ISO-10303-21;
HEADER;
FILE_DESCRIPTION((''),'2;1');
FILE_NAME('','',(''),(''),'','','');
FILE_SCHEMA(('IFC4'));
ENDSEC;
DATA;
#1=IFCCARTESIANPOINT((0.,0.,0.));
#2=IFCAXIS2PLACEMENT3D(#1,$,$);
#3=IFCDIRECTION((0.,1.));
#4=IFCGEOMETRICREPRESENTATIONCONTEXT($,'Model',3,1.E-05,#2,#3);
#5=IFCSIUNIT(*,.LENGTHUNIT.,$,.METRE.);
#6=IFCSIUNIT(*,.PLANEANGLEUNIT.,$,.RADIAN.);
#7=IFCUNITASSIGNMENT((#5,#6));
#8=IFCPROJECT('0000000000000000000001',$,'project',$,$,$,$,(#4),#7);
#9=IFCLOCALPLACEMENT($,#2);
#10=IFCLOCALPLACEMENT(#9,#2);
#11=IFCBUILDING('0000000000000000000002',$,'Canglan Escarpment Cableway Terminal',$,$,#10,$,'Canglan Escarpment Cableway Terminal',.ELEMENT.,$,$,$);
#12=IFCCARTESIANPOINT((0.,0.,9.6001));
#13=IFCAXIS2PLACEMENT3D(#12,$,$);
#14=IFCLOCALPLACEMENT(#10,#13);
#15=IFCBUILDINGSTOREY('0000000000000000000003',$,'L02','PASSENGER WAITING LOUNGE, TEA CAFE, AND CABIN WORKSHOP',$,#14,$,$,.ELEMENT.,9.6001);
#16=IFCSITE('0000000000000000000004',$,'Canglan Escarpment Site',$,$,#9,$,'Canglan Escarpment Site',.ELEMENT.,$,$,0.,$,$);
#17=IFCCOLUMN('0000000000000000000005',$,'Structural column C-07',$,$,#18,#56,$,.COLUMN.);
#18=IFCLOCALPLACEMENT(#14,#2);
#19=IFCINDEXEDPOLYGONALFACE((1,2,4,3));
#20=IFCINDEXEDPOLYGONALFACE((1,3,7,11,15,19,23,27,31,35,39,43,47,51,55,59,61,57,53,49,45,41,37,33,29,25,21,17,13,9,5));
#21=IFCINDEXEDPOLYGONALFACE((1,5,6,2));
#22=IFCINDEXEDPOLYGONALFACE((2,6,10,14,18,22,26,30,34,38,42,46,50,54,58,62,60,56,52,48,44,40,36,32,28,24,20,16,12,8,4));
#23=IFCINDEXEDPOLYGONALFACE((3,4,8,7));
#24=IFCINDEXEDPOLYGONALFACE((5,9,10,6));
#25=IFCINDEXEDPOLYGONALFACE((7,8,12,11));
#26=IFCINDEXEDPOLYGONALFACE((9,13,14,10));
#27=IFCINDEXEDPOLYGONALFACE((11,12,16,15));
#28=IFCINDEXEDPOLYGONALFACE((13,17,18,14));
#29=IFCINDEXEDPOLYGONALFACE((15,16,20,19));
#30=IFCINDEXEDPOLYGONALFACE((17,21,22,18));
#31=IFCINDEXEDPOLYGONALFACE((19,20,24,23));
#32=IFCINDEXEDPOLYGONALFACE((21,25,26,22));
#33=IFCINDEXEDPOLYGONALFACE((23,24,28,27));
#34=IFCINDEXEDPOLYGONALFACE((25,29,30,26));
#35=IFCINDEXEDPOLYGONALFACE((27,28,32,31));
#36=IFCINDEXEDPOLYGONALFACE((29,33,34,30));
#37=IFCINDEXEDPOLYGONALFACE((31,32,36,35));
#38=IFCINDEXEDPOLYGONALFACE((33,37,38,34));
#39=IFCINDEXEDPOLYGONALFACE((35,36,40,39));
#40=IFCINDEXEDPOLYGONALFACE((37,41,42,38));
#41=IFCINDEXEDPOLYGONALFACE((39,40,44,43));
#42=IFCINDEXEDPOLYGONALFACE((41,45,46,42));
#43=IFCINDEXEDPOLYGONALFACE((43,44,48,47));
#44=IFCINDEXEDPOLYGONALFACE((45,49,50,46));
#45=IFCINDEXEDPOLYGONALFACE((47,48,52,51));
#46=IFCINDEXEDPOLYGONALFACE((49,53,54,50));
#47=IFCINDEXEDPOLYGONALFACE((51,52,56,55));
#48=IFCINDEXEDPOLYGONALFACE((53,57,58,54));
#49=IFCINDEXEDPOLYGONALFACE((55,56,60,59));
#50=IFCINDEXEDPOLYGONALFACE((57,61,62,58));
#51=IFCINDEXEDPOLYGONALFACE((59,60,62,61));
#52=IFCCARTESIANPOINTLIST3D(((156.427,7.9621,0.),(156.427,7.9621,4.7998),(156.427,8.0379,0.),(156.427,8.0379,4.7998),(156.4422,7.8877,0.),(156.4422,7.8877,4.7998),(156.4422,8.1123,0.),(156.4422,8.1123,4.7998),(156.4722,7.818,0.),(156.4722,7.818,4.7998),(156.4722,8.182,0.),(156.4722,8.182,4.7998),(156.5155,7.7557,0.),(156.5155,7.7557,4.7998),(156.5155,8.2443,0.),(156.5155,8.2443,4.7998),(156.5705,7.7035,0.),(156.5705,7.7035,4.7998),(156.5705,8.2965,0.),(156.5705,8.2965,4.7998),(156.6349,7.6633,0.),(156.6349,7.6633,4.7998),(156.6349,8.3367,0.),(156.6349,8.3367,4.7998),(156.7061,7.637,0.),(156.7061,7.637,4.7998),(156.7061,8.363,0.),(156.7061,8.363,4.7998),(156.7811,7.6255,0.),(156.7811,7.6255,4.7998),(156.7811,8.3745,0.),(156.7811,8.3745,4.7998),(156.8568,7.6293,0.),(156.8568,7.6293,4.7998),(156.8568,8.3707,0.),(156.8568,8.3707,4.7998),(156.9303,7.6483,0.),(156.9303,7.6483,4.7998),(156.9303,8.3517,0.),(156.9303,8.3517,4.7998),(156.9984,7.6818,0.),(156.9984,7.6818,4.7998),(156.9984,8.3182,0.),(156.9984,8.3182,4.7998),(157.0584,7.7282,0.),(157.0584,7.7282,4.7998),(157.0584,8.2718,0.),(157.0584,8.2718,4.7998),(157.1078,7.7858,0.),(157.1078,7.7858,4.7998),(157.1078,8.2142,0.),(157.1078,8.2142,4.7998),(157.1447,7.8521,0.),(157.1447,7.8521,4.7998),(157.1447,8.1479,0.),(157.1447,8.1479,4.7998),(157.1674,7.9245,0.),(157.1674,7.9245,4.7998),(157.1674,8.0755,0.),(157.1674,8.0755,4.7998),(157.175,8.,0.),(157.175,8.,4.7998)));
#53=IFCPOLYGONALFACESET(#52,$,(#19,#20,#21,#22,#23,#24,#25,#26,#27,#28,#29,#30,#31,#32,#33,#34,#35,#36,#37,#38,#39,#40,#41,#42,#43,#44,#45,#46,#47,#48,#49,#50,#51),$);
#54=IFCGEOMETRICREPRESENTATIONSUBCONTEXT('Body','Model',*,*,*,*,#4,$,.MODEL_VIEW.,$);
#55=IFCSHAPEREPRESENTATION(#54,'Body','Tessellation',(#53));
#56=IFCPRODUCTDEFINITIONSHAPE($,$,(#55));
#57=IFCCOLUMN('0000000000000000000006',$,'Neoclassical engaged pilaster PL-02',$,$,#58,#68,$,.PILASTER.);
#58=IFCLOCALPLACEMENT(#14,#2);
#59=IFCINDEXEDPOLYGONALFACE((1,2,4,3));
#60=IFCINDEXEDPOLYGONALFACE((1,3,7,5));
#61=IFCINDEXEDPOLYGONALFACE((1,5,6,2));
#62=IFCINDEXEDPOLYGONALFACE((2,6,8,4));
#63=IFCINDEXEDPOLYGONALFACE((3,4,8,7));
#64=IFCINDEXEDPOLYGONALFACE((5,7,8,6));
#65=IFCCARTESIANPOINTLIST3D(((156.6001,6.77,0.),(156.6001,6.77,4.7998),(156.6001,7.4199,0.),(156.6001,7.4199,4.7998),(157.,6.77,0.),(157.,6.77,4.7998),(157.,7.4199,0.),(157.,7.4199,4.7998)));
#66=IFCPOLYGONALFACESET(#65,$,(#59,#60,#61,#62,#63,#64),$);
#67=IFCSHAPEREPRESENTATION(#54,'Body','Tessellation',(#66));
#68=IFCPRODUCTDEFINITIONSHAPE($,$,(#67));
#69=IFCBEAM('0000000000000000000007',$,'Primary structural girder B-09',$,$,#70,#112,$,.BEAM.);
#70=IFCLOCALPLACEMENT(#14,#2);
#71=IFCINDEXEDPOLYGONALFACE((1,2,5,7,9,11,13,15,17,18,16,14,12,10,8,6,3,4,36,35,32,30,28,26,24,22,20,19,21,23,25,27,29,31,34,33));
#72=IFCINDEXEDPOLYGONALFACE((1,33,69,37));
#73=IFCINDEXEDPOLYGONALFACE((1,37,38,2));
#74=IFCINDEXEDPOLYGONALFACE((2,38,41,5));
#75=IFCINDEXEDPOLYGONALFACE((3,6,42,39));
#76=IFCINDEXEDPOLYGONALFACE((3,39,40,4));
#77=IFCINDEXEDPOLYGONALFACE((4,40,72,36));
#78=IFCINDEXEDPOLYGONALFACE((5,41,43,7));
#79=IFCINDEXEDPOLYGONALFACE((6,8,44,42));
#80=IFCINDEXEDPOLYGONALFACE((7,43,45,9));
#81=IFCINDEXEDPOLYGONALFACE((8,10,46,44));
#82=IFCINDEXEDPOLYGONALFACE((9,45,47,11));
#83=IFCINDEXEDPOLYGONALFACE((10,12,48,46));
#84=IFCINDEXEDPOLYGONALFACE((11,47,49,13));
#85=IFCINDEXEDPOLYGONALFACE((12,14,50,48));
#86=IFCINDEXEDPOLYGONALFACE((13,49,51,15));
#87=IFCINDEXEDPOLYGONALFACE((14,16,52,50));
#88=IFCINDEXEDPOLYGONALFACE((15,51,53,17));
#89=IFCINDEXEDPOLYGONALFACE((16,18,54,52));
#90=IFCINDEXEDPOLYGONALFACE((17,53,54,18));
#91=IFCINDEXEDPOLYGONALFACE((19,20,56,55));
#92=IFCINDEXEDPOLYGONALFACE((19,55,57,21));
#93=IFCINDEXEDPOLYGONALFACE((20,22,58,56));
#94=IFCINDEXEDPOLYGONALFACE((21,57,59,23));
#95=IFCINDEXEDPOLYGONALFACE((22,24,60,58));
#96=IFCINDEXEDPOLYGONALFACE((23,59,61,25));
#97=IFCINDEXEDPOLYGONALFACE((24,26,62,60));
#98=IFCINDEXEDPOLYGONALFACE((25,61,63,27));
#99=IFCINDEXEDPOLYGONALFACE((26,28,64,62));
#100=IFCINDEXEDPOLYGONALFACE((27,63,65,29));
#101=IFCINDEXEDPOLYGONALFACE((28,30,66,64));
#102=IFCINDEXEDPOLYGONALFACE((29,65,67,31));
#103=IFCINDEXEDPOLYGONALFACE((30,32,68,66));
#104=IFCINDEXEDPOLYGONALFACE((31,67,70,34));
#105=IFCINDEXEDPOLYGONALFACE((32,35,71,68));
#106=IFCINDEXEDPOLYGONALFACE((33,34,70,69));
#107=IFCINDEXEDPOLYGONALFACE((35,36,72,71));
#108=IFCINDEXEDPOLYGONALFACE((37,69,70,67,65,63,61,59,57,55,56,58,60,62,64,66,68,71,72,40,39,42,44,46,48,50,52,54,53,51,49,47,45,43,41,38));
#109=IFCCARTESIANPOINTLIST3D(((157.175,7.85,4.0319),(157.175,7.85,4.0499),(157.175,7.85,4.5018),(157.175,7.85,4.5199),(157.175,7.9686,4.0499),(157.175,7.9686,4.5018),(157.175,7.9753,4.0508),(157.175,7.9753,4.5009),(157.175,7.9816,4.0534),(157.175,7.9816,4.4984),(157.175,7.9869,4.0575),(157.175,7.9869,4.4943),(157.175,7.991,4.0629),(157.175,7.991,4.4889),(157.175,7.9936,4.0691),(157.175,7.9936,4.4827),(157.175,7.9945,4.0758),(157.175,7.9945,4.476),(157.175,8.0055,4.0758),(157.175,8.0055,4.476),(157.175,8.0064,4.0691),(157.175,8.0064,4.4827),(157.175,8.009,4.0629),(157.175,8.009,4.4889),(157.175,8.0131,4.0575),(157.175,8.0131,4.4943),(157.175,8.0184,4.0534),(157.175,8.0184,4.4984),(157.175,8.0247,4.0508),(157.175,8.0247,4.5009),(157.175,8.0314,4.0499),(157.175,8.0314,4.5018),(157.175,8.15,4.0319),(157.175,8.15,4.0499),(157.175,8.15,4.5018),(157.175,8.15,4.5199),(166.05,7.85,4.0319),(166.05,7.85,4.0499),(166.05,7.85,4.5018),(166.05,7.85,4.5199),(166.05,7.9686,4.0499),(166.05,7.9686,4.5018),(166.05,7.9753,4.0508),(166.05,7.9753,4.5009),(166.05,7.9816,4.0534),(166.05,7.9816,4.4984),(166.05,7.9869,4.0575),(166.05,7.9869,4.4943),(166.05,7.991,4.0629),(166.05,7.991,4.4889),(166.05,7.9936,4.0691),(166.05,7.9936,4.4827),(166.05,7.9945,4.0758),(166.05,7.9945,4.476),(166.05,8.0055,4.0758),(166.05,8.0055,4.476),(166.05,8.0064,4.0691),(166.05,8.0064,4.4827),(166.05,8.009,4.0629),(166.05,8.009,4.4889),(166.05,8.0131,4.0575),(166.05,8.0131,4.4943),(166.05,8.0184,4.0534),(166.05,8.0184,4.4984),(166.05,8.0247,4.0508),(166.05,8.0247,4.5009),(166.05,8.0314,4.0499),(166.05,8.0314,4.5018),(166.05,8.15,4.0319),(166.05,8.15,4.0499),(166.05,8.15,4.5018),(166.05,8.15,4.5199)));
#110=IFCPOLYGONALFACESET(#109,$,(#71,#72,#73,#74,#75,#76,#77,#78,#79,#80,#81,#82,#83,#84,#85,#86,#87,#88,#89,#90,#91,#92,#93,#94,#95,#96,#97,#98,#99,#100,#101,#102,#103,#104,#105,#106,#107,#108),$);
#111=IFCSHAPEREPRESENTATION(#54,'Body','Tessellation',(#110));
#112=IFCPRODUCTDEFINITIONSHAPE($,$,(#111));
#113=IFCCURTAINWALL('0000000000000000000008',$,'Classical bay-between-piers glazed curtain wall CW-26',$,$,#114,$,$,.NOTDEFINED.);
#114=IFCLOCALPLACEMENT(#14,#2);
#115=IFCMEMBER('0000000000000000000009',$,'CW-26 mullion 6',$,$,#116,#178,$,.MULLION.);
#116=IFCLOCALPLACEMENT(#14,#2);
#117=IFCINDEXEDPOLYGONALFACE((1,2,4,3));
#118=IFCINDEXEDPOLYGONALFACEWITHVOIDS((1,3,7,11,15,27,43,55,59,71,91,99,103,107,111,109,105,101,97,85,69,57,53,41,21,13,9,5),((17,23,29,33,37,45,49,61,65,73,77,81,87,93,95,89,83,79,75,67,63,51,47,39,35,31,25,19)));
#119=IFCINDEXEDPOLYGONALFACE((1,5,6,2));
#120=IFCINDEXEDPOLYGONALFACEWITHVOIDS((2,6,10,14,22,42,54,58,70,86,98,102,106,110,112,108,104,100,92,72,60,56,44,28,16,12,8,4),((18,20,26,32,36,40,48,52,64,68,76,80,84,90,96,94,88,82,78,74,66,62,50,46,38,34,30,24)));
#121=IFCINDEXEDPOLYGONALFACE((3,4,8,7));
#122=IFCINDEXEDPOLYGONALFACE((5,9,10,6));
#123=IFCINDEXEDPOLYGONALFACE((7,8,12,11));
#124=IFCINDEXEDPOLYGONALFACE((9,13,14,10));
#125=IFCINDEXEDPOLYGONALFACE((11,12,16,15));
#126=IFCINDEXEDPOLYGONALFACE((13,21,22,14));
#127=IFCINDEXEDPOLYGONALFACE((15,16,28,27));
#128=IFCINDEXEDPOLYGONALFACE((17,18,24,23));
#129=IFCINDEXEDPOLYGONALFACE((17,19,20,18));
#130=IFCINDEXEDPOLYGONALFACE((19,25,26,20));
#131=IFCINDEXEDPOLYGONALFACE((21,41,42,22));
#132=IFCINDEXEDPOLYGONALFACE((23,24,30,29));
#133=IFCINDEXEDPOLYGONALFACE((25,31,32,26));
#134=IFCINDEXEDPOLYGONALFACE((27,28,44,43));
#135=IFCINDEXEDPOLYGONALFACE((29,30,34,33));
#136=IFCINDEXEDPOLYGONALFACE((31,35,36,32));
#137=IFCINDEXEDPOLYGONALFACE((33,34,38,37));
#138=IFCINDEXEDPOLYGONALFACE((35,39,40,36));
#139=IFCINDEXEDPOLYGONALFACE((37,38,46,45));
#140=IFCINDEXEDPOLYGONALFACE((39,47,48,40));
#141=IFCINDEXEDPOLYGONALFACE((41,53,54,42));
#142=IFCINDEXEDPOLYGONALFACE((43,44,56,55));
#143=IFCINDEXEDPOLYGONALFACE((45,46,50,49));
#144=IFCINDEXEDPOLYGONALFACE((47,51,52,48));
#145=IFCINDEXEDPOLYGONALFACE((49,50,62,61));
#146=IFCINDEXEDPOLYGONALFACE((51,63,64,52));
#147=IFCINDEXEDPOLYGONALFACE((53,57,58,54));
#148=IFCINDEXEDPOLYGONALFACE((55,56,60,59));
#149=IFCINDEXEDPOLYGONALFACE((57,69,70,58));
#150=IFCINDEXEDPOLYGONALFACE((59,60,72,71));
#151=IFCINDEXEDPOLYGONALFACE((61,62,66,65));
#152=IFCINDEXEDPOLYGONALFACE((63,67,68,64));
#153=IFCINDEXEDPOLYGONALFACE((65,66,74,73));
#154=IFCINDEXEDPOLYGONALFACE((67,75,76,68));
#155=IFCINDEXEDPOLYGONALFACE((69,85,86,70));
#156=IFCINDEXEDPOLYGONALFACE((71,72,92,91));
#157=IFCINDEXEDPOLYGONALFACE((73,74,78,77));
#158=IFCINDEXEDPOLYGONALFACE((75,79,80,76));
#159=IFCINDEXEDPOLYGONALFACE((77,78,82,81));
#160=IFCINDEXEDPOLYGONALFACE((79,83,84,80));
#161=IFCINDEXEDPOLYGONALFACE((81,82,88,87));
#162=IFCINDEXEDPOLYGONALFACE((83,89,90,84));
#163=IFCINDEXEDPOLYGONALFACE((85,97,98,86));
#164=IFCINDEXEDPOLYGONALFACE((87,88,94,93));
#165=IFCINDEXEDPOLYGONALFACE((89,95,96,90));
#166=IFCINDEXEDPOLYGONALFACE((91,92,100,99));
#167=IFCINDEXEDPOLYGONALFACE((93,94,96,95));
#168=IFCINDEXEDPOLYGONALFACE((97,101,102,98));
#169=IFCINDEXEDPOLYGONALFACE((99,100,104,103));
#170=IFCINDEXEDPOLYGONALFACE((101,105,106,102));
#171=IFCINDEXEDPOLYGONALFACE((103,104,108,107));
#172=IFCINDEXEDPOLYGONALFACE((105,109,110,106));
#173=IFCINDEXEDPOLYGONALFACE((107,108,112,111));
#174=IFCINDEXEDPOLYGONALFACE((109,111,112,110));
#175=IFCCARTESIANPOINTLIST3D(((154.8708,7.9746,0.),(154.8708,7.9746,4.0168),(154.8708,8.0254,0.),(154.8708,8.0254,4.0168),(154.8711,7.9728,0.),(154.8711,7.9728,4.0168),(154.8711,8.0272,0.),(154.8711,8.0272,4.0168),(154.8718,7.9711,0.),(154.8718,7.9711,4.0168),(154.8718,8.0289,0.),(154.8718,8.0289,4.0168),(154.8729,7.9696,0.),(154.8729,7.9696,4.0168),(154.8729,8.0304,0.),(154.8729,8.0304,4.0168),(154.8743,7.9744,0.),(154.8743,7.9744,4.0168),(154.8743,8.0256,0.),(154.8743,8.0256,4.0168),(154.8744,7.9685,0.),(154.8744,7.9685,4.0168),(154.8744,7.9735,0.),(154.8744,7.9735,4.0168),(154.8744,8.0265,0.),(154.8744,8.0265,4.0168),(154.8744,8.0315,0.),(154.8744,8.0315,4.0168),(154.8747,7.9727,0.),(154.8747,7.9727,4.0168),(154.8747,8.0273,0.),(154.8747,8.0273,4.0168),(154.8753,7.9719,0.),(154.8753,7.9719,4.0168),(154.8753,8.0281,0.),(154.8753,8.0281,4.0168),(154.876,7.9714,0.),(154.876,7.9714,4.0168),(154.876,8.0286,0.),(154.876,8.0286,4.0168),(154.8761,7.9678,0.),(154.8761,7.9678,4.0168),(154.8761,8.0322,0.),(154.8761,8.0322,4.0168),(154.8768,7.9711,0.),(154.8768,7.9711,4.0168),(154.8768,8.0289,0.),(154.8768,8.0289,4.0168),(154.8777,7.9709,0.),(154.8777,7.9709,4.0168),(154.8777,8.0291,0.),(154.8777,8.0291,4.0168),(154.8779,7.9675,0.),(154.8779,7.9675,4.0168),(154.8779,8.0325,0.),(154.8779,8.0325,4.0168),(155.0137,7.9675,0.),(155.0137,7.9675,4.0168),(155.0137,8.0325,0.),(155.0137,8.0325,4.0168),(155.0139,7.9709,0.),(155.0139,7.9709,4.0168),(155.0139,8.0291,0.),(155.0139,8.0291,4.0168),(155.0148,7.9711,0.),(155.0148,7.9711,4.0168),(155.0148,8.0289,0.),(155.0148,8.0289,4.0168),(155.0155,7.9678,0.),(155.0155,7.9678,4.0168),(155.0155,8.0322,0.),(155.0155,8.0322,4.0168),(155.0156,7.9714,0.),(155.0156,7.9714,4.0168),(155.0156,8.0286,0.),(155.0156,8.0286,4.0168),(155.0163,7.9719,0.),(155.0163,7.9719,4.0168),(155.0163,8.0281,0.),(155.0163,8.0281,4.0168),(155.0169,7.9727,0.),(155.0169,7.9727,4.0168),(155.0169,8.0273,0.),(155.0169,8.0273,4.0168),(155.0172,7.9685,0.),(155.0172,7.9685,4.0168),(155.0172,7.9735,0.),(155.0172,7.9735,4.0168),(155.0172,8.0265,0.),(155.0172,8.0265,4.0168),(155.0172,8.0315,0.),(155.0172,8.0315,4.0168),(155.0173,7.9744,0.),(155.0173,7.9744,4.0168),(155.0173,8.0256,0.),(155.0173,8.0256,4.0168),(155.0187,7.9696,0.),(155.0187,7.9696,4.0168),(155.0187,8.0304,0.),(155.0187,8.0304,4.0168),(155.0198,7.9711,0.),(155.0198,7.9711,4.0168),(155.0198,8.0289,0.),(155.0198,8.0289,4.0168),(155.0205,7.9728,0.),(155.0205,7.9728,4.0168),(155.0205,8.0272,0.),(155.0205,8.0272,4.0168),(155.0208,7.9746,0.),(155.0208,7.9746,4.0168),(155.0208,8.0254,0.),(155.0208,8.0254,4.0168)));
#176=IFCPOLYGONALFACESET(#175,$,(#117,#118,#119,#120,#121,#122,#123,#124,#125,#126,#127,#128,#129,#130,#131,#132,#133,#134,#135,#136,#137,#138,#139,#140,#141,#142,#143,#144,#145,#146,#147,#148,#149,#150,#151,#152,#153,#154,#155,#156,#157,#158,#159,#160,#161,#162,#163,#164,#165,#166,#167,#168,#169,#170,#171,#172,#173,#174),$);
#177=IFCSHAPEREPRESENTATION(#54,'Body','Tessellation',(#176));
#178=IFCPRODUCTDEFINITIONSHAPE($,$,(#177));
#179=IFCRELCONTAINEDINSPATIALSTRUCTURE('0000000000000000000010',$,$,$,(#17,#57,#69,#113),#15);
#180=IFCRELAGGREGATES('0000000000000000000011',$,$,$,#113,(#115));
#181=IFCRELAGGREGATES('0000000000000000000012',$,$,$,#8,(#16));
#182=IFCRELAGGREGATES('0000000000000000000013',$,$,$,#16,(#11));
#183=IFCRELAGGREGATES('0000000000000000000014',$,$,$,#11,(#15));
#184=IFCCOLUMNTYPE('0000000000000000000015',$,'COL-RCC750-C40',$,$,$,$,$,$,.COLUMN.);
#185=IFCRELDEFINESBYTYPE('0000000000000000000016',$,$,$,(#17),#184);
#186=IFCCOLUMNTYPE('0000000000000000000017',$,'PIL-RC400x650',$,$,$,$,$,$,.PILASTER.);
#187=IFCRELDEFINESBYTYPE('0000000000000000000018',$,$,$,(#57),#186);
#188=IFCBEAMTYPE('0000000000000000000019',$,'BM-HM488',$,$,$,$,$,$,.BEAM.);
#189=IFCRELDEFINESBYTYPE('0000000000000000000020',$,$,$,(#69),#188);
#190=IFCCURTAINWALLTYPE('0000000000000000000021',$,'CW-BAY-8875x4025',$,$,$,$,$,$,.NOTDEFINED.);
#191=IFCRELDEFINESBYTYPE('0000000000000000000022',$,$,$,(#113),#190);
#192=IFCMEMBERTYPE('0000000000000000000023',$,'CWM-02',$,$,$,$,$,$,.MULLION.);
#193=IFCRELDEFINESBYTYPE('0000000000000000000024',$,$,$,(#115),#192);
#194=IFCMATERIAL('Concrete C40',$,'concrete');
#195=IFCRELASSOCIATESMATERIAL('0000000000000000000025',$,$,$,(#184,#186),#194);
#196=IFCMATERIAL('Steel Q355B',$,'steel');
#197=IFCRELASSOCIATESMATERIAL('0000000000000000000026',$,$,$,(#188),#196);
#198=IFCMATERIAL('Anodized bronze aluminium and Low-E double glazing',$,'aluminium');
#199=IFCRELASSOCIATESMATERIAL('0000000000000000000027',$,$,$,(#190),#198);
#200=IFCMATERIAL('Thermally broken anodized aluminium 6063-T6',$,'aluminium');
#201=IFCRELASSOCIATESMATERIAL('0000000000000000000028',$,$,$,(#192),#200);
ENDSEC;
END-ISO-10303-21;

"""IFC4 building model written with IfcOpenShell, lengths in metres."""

from ifc_helpers import new_model, si_unit, direction, frame, origin, origin_2d, place, context, subcontext, project, spatial, rectangle, hollow_rectangle, circle, i_section, extrude, material, material_profile, profile_set, type_object, element, aggregate, save


model = new_model("IFC4")

# Units and contexts
model_context = context("Model", 3, precision=1e-05, world=origin(), true_north=direction((0.0, 1.0)))
body_context = subcontext(model_context, "Body", "Model", "MODEL_VIEW")
ifc_project = project(units=[si_unit("LENGTHUNIT", "METRE"), si_unit("PLANEANGLEUNIT", "RADIAN")], contexts=[model_context])

# Site, building, storey
site_placement = place(None, origin())
site = spatial("IfcSite", under=ifc_project, at=site_placement, Name="Canglan Escarpment Site", LongName="Canglan Escarpment Site", CompositionType="ELEMENT", RefElevation=0.0)
building_placement = place(site_placement, origin())
building = spatial("IfcBuilding", under=site, at=building_placement, Name="Canglan Escarpment Cableway Terminal", LongName="Canglan Escarpment Cableway Terminal", CompositionType="ELEMENT")
storey_placement = place(building_placement, frame((0.0, 0.0, 9.6001)))
storey = spatial("IfcBuildingStorey", under=building, at=storey_placement, Name="L02", Description="PASSENGER WAITING LOUNGE, TEA CAFE, AND CABIN WORKSHOP", CompositionType="ELEMENT", Elevation=9.6001)

# Columns
ifc_material_1 = material(Name="Concrete C40", Category="concrete")
ifc_material_profile_1 = material_profile(ifc_material_1, circle(Radius=0.375, at=origin_2d()), Name="RC-CIRC D750")
ifc_profile_set_1 = profile_set([ifc_material_profile_1], Name="Concrete C40")
column_type_1 = type_object("IfcColumnType", Name="COL-RCC750-C40", PredefinedType="COLUMN", material=ifc_profile_set_1)
column_1_placement = place(storey_placement, frame((156.8, 8.0, 0.0), z_axis=(0.0, 0.0, 1.0), x_axis=(1.0, 0.0, 0.0)))
element("IfcColumn", 1, at=column_1_placement, inside=storey, type_object=column_type_1, Name="Structural column C-07", PredefinedType="COLUMN", context=body_context, shape_type="SweptSolid", body=[
    extrude(circle(Radius=0.375, at=origin_2d()), origin(), (0.0, 0.0, 1.0), 4.7998),
])
ifc_material_profile_2 = material_profile(ifc_material_1, rectangle(XDim=0.3999, YDim=0.6499, at=origin_2d()), Name="RC-PIL 400x650")
ifc_profile_set_2 = profile_set([ifc_material_profile_2], Name="Concrete C40")
column_type_2 = type_object("IfcColumnType", Name="PIL-RC400x650", PredefinedType="PILASTER", material=ifc_profile_set_2)
column_2_placement = place(storey_placement, frame((156.8, 7.095, 0.0), z_axis=(0.0, 0.0, 1.0), x_axis=(1.0, 0.0, 0.0)))
element("IfcColumn", 2, at=column_2_placement, inside=storey, type_object=column_type_2, Name="Neoclassical engaged pilaster PL-02", PredefinedType="PILASTER", context=body_context, shape_type="SweptSolid", body=[
    extrude(rectangle(XDim=0.3999, YDim=0.6499, at=origin_2d()), origin(), (0.0, 0.0, 1.0), 4.7998),
])

# Beam
ifc_material_2 = material(Name="Steel Q355B", Category="steel")
ifc_material_profile_3 = material_profile(ifc_material_2, i_section(OverallWidth=0.3, OverallDepth=0.488, WebThickness=0.011, FlangeThickness=0.0181, FilletRadius=0.0259, at=origin_2d()), Name="HM 488x300x11x18")
ifc_profile_set_3 = profile_set([ifc_material_profile_3], Name="Steel Q355B")
beam_type = type_object("IfcBeamType", Name="BM-HM488", PredefinedType="BEAM", material=ifc_profile_set_3)
beam_placement = place(storey_placement, frame((157.175, 8.0, 4.2759), z_axis=(1.0, 0.0, 0.0), x_axis=(0.0, 1.0, 0.0)))
element("IfcBeam", 3, at=beam_placement, inside=storey, type_object=beam_type, Name="Primary structural girder B-09", PredefinedType="BEAM", context=body_context, shape_type="SweptSolid", body=[
    extrude(i_section(OverallWidth=0.3, OverallDepth=0.488, WebThickness=0.011, FlangeThickness=0.0181, FilletRadius=0.0259, at=origin_2d()), origin(), (0.0, 0.0, 1.0), 8.875),
])

# Curtain wall, member
ifc_material_3 = material(Name="Anodized bronze aluminium and Low-E double glazing", Category="aluminium")
curtain_wall_type = type_object("IfcCurtainWallType", Name="CW-BAY-8875x4025", PredefinedType="NOTDEFINED", material=ifc_material_3)
curtain_wall_1_placement = place(storey_placement, origin())
curtain_wall_1 = element("IfcCurtainWall", 4, at=curtain_wall_1_placement, inside=storey, type_object=curtain_wall_type, Name="Classical bay-between-piers glazed curtain wall CW-26", PredefinedType="NOTDEFINED")
ifc_material_4 = material(Name="Thermally broken anodized aluminium 6063-T6", Category="aluminium")
ifc_material_profile_4 = material_profile(ifc_material_4, hollow_rectangle(XDim=0.0649, YDim=0.1499, WallThickness=0.0034, InnerFilletRadius=0.0034, OuterFilletRadius=0.0071, at=origin_2d()), Name="ALU-MULL 65x150x3.5")
ifc_profile_set_4 = profile_set([ifc_material_profile_4], Name="Thermally broken anodized aluminium 6063-T6")
member_type_1 = type_object("IfcMemberType", Name="CWM-02", PredefinedType="MULLION", material=ifc_profile_set_4)
member_1_placement = place(storey_placement, frame((154.9458, 8.0, 0.0), z_axis=(0.0, 0.0, 1.0), x_axis=(0.0, 1.0, 0.0)))
member_1 = element("IfcMember", 5, at=member_1_placement, type_object=member_type_1, Name="CW-26 mullion 6", PredefinedType="MULLION", context=body_context, shape_type="SweptSolid", body=[
    extrude(hollow_rectangle(XDim=0.0649, YDim=0.1499, WallThickness=0.0034, InnerFilletRadius=0.0034, OuterFilletRadius=0.0071, at=origin_2d()), origin(), (0.0, 0.0, 1.0), 4.0168),
])

aggregate(curtain_wall_1, [member_1])

save(model, "model.ifc")
